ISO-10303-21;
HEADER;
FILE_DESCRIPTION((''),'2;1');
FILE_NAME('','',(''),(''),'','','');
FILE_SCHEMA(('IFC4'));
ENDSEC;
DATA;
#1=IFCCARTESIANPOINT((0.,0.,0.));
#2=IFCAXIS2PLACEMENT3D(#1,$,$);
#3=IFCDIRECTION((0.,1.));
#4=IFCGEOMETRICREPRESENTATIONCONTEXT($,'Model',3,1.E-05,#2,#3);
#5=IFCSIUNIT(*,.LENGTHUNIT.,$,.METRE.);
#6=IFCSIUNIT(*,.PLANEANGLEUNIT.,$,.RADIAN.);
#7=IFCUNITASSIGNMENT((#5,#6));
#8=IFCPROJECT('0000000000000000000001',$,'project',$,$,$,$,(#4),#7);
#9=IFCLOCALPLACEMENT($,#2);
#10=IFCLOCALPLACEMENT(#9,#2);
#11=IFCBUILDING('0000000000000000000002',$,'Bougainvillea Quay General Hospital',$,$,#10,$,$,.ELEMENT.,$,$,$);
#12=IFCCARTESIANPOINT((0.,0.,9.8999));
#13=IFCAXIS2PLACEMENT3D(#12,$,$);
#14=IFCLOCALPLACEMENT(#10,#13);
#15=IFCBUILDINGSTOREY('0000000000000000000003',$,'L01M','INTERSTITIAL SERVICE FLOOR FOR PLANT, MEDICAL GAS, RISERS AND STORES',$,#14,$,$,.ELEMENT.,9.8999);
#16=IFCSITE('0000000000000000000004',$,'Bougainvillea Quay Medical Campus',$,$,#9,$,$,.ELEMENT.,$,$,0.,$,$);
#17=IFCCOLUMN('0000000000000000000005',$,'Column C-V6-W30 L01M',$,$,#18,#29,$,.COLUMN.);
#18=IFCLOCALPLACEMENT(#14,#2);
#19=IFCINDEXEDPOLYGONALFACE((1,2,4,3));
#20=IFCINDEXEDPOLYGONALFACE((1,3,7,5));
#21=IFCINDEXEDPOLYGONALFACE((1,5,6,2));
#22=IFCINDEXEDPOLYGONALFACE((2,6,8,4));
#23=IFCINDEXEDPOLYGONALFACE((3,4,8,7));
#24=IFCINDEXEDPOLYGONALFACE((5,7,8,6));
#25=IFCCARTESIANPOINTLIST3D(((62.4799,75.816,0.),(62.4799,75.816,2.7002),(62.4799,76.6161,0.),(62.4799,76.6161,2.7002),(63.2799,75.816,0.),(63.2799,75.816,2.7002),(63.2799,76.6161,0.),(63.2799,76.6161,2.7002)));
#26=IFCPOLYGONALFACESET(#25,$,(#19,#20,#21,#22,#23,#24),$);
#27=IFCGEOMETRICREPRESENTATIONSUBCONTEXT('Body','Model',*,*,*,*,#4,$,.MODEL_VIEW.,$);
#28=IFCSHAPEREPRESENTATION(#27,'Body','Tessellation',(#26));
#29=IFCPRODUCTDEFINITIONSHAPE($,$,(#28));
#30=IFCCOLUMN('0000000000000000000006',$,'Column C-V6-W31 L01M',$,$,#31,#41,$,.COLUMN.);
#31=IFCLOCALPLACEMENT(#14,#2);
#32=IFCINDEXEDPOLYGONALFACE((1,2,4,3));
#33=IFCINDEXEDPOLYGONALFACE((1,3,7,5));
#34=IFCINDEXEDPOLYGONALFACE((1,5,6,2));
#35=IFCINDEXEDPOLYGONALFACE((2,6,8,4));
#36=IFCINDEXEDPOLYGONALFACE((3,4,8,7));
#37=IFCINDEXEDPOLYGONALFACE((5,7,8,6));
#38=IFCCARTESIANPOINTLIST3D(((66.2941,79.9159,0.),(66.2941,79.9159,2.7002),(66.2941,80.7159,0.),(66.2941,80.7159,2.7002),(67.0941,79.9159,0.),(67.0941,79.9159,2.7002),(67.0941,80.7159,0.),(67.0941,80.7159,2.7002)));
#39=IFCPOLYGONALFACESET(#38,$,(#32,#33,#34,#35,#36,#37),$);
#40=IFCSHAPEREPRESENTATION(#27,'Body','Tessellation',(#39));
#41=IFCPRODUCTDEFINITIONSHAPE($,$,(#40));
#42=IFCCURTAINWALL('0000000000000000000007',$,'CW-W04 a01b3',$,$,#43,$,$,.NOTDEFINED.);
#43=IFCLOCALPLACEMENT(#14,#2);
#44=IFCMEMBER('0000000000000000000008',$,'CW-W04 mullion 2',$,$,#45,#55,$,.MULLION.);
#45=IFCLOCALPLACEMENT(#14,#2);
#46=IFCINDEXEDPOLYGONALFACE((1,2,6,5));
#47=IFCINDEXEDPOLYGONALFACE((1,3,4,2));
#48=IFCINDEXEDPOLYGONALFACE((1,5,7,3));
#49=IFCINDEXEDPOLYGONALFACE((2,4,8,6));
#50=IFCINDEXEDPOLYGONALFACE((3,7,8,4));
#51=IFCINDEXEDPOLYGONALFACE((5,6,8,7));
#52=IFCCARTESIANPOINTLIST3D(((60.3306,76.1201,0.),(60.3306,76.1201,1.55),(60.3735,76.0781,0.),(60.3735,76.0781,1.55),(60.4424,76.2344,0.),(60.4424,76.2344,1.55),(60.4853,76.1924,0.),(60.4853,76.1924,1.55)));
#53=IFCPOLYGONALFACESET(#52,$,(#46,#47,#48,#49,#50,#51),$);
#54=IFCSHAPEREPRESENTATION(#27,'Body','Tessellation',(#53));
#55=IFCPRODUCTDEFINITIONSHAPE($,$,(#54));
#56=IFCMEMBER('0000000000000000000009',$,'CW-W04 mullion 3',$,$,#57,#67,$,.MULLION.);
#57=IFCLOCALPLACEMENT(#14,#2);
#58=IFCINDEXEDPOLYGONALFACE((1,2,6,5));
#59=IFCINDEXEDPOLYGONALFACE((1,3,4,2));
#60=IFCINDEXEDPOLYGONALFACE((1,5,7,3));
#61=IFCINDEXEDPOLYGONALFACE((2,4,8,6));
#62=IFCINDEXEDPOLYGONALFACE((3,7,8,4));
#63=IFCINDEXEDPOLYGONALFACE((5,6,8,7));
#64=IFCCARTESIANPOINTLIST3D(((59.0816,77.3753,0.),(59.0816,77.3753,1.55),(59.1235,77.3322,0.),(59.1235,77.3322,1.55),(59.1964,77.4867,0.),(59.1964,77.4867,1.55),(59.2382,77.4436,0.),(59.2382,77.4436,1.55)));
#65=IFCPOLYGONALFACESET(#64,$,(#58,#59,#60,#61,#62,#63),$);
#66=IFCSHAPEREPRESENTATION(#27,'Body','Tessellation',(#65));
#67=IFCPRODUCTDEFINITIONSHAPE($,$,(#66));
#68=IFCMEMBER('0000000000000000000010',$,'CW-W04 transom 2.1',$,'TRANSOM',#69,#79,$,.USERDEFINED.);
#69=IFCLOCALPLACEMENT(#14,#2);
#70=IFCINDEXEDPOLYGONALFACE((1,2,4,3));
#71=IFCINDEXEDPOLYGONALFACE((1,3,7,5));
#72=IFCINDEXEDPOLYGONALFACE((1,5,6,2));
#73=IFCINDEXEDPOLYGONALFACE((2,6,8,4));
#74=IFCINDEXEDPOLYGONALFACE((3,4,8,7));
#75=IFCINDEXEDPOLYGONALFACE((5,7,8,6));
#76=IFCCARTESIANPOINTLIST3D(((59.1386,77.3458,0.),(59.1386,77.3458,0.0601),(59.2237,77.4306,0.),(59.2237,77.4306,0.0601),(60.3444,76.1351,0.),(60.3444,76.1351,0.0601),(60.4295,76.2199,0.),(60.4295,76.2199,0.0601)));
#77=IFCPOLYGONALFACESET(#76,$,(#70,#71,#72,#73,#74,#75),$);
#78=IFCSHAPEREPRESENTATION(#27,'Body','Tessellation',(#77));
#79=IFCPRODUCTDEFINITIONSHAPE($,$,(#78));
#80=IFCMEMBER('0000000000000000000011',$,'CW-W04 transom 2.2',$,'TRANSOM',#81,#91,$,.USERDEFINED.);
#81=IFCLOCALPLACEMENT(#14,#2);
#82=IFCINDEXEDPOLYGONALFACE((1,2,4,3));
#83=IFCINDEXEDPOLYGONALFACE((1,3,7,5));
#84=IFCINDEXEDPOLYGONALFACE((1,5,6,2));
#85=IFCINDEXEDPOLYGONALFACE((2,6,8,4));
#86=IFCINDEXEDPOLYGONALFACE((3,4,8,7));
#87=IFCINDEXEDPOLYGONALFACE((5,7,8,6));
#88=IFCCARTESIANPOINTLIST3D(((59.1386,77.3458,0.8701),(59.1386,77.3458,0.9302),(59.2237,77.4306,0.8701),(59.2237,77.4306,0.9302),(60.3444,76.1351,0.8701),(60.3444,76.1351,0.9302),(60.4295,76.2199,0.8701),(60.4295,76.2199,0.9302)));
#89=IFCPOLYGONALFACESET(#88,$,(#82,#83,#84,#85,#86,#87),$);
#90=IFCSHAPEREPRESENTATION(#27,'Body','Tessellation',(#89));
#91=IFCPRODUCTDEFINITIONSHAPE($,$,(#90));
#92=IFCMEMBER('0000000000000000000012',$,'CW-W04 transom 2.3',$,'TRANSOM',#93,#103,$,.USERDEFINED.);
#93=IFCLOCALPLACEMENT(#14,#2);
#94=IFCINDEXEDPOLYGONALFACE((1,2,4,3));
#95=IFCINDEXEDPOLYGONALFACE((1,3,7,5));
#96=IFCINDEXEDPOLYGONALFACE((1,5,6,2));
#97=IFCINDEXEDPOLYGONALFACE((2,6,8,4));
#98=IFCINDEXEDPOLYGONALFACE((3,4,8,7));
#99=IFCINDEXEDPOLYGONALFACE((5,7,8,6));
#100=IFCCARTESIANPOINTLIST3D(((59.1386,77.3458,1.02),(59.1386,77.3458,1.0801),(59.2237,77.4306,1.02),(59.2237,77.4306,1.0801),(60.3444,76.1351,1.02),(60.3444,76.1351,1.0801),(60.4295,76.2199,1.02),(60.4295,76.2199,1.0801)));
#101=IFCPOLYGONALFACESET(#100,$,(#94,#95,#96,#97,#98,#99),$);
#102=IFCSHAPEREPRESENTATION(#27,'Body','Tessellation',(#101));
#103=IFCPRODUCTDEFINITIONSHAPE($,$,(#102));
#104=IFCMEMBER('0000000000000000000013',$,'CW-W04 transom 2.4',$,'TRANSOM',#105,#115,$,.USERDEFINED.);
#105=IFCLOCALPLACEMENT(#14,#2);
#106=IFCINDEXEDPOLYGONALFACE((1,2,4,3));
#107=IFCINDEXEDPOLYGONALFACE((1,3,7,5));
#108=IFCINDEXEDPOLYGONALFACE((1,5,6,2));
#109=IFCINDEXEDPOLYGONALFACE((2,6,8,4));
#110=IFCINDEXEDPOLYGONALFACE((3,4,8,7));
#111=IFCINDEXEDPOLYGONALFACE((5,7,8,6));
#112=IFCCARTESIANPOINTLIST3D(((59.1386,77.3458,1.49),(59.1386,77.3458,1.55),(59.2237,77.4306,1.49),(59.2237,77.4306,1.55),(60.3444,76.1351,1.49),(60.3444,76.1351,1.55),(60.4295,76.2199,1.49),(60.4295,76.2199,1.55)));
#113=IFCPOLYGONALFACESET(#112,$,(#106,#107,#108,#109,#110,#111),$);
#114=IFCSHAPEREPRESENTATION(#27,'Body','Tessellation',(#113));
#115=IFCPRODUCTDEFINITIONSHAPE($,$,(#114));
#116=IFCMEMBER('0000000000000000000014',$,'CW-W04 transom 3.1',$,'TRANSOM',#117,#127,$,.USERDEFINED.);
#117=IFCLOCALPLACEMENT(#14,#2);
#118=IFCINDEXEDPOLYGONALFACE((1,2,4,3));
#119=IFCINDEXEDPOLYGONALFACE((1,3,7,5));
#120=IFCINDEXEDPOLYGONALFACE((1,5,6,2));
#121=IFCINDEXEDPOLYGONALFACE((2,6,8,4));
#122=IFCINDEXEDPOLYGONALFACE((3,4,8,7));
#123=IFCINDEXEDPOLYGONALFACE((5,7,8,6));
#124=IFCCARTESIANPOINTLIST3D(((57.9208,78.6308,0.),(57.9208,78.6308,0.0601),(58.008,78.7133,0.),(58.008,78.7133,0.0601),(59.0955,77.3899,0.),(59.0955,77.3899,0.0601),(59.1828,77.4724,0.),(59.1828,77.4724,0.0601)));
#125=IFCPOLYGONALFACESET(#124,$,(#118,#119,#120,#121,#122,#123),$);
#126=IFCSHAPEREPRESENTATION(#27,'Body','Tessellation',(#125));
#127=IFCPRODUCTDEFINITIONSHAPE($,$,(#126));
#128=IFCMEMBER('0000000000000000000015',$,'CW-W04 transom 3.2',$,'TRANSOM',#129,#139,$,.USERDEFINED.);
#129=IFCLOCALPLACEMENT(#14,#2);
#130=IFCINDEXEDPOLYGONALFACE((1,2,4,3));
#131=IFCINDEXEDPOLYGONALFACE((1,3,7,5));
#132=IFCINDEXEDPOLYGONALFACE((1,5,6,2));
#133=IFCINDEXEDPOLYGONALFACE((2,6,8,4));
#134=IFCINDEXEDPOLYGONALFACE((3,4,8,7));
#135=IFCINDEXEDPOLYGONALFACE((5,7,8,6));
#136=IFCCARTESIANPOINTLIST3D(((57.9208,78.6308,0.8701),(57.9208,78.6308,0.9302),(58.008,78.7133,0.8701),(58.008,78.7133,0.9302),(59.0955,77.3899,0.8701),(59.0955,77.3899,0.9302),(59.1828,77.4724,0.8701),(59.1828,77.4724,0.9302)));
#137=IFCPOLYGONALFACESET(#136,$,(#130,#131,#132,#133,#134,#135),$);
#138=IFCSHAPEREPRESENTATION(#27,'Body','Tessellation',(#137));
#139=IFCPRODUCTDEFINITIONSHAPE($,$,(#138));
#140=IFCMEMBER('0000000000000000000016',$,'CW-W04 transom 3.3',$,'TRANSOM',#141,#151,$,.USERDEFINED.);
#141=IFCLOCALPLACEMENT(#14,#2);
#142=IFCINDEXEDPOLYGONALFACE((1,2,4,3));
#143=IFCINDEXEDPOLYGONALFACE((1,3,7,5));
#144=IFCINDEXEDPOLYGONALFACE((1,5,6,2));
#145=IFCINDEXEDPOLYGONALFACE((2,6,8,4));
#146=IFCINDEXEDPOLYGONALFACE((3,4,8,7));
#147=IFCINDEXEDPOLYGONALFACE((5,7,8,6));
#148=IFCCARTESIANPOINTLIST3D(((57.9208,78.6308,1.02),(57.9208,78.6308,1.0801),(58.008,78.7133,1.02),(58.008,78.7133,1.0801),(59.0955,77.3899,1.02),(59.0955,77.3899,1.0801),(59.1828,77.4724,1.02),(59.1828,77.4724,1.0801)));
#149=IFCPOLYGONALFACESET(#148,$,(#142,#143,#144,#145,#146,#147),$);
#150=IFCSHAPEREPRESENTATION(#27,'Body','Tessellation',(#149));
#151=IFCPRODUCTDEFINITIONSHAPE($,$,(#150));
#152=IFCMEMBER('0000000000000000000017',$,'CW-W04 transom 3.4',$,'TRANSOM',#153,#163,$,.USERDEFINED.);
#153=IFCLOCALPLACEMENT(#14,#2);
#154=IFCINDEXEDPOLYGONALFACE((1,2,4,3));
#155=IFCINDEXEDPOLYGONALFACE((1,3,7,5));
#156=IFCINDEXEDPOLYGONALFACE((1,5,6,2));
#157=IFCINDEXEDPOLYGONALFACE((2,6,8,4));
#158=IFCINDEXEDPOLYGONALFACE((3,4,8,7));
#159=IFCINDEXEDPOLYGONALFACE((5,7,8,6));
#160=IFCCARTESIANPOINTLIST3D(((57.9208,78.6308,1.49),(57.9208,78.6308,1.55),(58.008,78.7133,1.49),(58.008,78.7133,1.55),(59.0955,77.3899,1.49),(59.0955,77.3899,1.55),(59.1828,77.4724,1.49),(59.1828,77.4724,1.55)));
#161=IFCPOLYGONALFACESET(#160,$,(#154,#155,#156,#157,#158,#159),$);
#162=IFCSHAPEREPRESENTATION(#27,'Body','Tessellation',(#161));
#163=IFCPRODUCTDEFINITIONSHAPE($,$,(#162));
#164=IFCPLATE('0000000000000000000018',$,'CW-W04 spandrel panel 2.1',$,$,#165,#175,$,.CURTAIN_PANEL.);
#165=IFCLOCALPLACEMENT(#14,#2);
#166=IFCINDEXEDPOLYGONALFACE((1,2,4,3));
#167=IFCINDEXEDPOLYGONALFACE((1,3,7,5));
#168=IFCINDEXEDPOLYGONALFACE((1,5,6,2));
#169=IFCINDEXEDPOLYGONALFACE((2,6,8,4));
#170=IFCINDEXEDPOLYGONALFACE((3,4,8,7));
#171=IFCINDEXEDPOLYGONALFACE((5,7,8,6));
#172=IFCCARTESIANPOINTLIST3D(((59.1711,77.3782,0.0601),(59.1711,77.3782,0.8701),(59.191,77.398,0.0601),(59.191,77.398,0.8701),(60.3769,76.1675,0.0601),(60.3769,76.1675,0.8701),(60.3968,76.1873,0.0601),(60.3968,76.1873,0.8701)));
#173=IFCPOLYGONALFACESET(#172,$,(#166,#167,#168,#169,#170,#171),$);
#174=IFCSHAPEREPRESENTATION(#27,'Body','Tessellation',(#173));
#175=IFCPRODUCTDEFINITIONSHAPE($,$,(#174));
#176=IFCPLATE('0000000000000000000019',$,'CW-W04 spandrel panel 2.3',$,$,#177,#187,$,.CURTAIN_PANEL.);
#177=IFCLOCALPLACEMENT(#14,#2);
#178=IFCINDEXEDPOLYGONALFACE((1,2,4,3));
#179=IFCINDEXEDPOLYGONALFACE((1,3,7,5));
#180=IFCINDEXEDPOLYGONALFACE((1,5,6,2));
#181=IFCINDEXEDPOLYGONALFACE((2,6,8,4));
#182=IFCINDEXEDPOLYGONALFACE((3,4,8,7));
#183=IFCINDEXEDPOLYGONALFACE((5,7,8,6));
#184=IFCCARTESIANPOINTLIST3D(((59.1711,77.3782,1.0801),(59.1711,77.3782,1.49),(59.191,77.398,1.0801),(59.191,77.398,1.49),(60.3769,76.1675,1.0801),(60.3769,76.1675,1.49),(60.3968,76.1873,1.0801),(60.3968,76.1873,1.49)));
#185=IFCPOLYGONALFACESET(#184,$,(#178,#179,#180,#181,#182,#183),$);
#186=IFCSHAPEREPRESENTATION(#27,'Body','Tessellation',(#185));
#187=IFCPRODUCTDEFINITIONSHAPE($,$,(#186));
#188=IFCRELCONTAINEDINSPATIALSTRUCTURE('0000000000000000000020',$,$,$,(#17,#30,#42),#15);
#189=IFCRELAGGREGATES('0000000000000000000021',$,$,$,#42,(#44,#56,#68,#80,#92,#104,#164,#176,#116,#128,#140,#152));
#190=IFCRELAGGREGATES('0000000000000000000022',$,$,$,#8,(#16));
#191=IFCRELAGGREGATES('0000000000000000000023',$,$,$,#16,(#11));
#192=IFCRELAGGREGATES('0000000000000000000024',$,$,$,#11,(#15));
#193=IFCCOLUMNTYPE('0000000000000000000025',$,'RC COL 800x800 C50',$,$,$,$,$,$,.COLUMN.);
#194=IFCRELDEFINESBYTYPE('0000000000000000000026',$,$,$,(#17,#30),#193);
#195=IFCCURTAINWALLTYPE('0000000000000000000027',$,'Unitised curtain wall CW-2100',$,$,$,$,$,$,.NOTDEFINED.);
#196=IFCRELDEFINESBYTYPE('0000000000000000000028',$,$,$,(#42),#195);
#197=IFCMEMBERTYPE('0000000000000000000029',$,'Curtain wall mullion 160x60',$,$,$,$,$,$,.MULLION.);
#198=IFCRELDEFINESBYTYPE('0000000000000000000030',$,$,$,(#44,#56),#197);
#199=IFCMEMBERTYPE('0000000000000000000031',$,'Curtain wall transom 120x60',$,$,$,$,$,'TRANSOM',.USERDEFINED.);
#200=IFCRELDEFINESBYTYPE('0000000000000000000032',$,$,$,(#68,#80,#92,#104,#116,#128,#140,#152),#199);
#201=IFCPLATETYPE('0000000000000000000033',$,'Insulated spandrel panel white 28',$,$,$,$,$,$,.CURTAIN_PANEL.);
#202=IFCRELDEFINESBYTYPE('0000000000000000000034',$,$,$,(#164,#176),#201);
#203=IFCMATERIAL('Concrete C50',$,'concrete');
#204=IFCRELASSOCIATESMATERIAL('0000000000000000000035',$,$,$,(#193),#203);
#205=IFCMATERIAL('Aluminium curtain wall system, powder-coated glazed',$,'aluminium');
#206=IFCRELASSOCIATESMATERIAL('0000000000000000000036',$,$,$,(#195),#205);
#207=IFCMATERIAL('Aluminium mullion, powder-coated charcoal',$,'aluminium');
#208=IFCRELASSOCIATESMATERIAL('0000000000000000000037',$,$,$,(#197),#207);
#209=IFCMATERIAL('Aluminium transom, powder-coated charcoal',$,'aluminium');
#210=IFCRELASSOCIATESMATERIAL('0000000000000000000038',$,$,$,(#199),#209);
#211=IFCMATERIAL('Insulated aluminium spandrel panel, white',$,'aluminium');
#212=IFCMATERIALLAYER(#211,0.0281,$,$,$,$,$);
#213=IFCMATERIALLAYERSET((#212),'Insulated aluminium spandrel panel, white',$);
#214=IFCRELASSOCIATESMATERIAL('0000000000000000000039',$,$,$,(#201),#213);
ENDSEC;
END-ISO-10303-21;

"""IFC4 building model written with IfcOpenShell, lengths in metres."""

from ifc_helpers import new_model, si_unit, direction, frame, origin, origin_2d, place, context, subcontext, project, spatial, rectangle, extrude, material, layer, layer_set, material_profile, profile_set, type_object, element, aggregate, save


model = new_model("IFC4")

# Units and contexts
model_context = context("Model", 3, precision=1e-05, world=origin(), true_north=direction((0.0, 1.0)))
body_context = subcontext(model_context, "Body", "Model", "MODEL_VIEW")
ifc_project = project(units=[si_unit("LENGTHUNIT", "METRE"), si_unit("PLANEANGLEUNIT", "RADIAN")], contexts=[model_context])

# Site, building, storey
site_placement = place(None, origin())
site = spatial("IfcSite", under=ifc_project, at=site_placement, Name="Bougainvillea Quay Medical Campus", CompositionType="ELEMENT", RefElevation=0.0)
building_placement = place(site_placement, origin())
building = spatial("IfcBuilding", under=site, at=building_placement, Name="Bougainvillea Quay General Hospital", CompositionType="ELEMENT")
storey_placement = place(building_placement, frame((0.0, 0.0, 9.8999)))
storey = spatial("IfcBuildingStorey", under=building, at=storey_placement, Name="L01M", Description="INTERSTITIAL SERVICE FLOOR FOR PLANT, MEDICAL GAS, RISERS AND STORES", CompositionType="ELEMENT", Elevation=9.8999)

# Columns
ifc_material_1 = material(Name="Concrete C50", Category="concrete")
ifc_material_profile_1 = material_profile(ifc_material_1, rectangle(XDim=0.8, YDim=0.8, at=origin_2d()))
ifc_profile_set_1 = profile_set([ifc_material_profile_1], Name="Concrete C50")
column_type = type_object("IfcColumnType", Name="RC COL 800x800 C50", PredefinedType="COLUMN", material=ifc_profile_set_1)
for number, where, z_axis, x_axis, name in (
    (1, (62.8799, 76.2161, 0.0), (0.0, 0.0, 1.0), (1.0, 0.0, 0.0), "Column C-V6-W30 L01M"),
    (2, (66.6941, 80.3159, 0.0), (0.0, 0.0, 1.0), (1.0, 0.0, 0.0), "Column C-V6-W31 L01M"),
):
    element("IfcColumn", number, at=place(storey_placement, frame(where, z_axis=z_axis, x_axis=x_axis)), inside=storey, type_object=column_type, Name=name, PredefinedType="COLUMN", context=body_context, shape_type="SweptSolid", body=[
        extrude(rectangle(XDim=0.8, YDim=0.8, at=origin_2d()), origin(), (0.0, 0.0, 1.0), 2.7002),
    ])

# Curtain wall, members, plates
ifc_material_2 = material(Name="Aluminium curtain wall system, powder-coated glazed", Category="aluminium")
curtain_wall_type = type_object("IfcCurtainWallType", Name="Unitised curtain wall CW-2100", PredefinedType="NOTDEFINED", material=ifc_material_2)
curtain_wall_placement = place(storey_placement, origin())
curtain_wall = element("IfcCurtainWall", 3, at=curtain_wall_placement, inside=storey, type_object=curtain_wall_type, Name="CW-W04 a01b3", PredefinedType="NOTDEFINED")
ifc_material_3 = material(Name="Aluminium mullion, powder-coated charcoal", Category="aluminium")
ifc_material_profile_2 = material_profile(ifc_material_3, rectangle(XDim=0.1599, YDim=0.0601, at=origin_2d()))
ifc_profile_set_2 = profile_set([ifc_material_profile_2], Name="Aluminium mullion, powder-coated charcoal")
member_type_1 = type_object("IfcMemberType", Name="Curtain wall mullion 160x60", PredefinedType="MULLION", material=ifc_profile_set_2)
member_1_placement = place(storey_placement, frame((60.408, 76.1562, 0.0), z_axis=(0.0, 0.0, 1.0), x_axis=(-0.699526, -0.714607, 0.0)))
member_1 = element("IfcMember", 4, at=member_1_placement, type_object=member_type_1, Name="CW-W04 mullion 2", PredefinedType="MULLION", context=body_context, shape_type="SweptSolid", body=[
    extrude(rectangle(XDim=0.1599, YDim=0.0601, at=origin_2d()), origin(), (0.0, 0.0, 1.0), 1.55),
])
member_2_placement = place(storey_placement, frame((59.1599, 77.4094, 0.0), z_axis=(0.0, 0.0, 1.0), x_axis=(-0.717421, -0.696639, 0.0)))
member_2 = element("IfcMember", 5, at=member_2_placement, type_object=member_type_1, Name="CW-W04 mullion 3", PredefinedType="MULLION", context=body_context, shape_type="SweptSolid", body=[
    extrude(rectangle(XDim=0.1599, YDim=0.0601, at=origin_2d()), origin(), (0.0, 0.0, 1.0), 1.55),
])
ifc_material_4 = material(Name="Aluminium transom, powder-coated charcoal", Category="aluminium")
ifc_material_profile_3 = material_profile(ifc_material_4, rectangle(XDim=0.1201, YDim=0.0601, at=origin_2d()))
ifc_profile_set_3 = profile_set([ifc_material_profile_3], Name="Aluminium transom, powder-coated charcoal")
member_type_2 = type_object("IfcMemberType", Name="Curtain wall transom 120x60", ElementType="TRANSOM", PredefinedType="USERDEFINED", material=ifc_profile_set_3)
member_3_placement = place(storey_placement, frame((60.387, 76.1775, 0.03), z_axis=(-0.705677, 0.708534, 0.0), x_axis=(-0.708534, -0.705677, 0.0)))
member_3 = element("IfcMember", 6, at=member_3_placement, type_object=member_type_2, Name="CW-W04 transom 2.1", ObjectType="TRANSOM", PredefinedType="USERDEFINED", context=body_context, shape_type="SweptSolid", body=[
    extrude(rectangle(XDim=0.1201, YDim=0.0601, at=origin_2d()), origin(), (0.0, 0.0, 1.0), 1.7087),
])
member_4_placement = place(storey_placement, frame((60.387, 76.1775, 0.9001), z_axis=(-0.705677, 0.708534, 0.0), x_axis=(-0.708534, -0.705677, 0.0)))
member_4 = element("IfcMember", 7, at=member_4_placement, type_object=member_type_2, Name="CW-W04 transom 2.2", ObjectType="TRANSOM", PredefinedType="USERDEFINED", context=body_context, shape_type="SweptSolid", body=[
    extrude(rectangle(XDim=0.1201, YDim=0.0601, at=origin_2d()), origin(), (0.0, 0.0, 1.0), 1.7087),
])
member_5_placement = place(storey_placement, frame((60.387, 76.1775, 1.05), z_axis=(-0.705677, 0.708534, 0.0), x_axis=(-0.708534, -0.705677, 0.0)))
member_5 = element("IfcMember", 8, at=member_5_placement, type_object=member_type_2, Name="CW-W04 transom 2.3", ObjectType="TRANSOM", PredefinedType="USERDEFINED", context=body_context, shape_type="SweptSolid", body=[
    extrude(rectangle(XDim=0.1201, YDim=0.0601, at=origin_2d()), origin(), (0.0, 0.0, 1.0), 1.7087),
])
member_6_placement = place(storey_placement, frame((60.387, 76.1775, 1.52), z_axis=(-0.705677, 0.708534, 0.0), x_axis=(-0.708534, -0.705677, 0.0)))
member_6 = element("IfcMember", 9, at=member_6_placement, type_object=member_type_2, Name="CW-W04 transom 2.4", ObjectType="TRANSOM", PredefinedType="USERDEFINED", context=body_context, shape_type="SweptSolid", body=[
    extrude(rectangle(XDim=0.1201, YDim=0.0601, at=origin_2d()), origin(), (0.0, 0.0, 1.0), 1.7087),
])
member_7_placement = place(storey_placement, frame((59.1392, 77.4312, 0.03), z_axis=(-0.687483, 0.7262, 0.0), x_axis=(-0.7262, -0.687483, 0.0)))
member_7 = element("IfcMember", 10, at=member_7_placement, type_object=member_type_2, Name="CW-W04 transom 3.1", ObjectType="TRANSOM", PredefinedType="USERDEFINED", context=body_context, shape_type="SweptSolid", body=[
    extrude(rectangle(XDim=0.1201, YDim=0.0601, at=origin_2d()), origin(), (0.0, 0.0, 1.0), 1.7087),
])
member_8_placement = place(storey_placement, frame((59.1392, 77.4312, 0.9001), z_axis=(-0.687483, 0.7262, 0.0), x_axis=(-0.7262, -0.687483, 0.0)))
member_8 = element("IfcMember", 11, at=member_8_placement, type_object=member_type_2, Name="CW-W04 transom 3.2", ObjectType="TRANSOM", PredefinedType="USERDEFINED", context=body_context, shape_type="SweptSolid", body=[
    extrude(rectangle(XDim=0.1201, YDim=0.0601, at=origin_2d()), origin(), (0.0, 0.0, 1.0), 1.7087),
])
member_9_placement = place(storey_placement, frame((59.1392, 77.4312, 1.05), z_axis=(-0.687483, 0.7262, 0.0), x_axis=(-0.7262, -0.687483, 0.0)))
member_9 = element("IfcMember", 12, at=member_9_placement, type_object=member_type_2, Name="CW-W04 transom 3.3", ObjectType="TRANSOM", PredefinedType="USERDEFINED", context=body_context, shape_type="SweptSolid", body=[
    extrude(rectangle(XDim=0.1201, YDim=0.0601, at=origin_2d()), origin(), (0.0, 0.0, 1.0), 1.7087),
])
member_10_placement = place(storey_placement, frame((59.1392, 77.4312, 1.52), z_axis=(-0.687483, 0.7262, 0.0), x_axis=(-0.7262, -0.687483, 0.0)))
member_10 = element("IfcMember", 13, at=member_10_placement, type_object=member_type_2, Name="CW-W04 transom 3.4", ObjectType="TRANSOM", PredefinedType="USERDEFINED", context=body_context, shape_type="SweptSolid", body=[
    extrude(rectangle(XDim=0.1201, YDim=0.0601, at=origin_2d()), origin(), (0.0, 0.0, 1.0), 1.7087),
])
ifc_material_5 = material(Name="Insulated aluminium spandrel panel, white", Category="aluminium")
ifc_layer_1 = layer(ifc_material_5, 0.0281)
ifc_layer_set_1 = layer_set([ifc_layer_1], Name="Insulated aluminium spandrel panel, white")
plate_type_1 = type_object("IfcPlateType", Name="Insulated spandrel panel white 28", PredefinedType="CURTAIN_PANEL", material=ifc_layer_set_1)
plate_1_placement = place(storey_placement, frame((59.7839, 76.7827, 0.0601), z_axis=(0.0, 0.0, 1.0), x_axis=(-0.70568, 0.708531, 0.0)))
plate_1 = element("IfcPlate", 14, at=plate_1_placement, type_object=plate_type_1, Name="CW-W04 spandrel panel 2.1", PredefinedType="CURTAIN_PANEL", context=body_context, shape_type="SweptSolid", body=[
    extrude(rectangle(XDim=1.7087, YDim=0.0281, at=origin_2d()), origin(), (0.0, 0.0, 1.0), 0.8101),
])
plate_2_placement = place(storey_placement, frame((59.7839, 76.7827, 1.0801), z_axis=(0.0, 0.0, 1.0), x_axis=(-0.70568, 0.708531, 0.0)))
plate_2 = element("IfcPlate", 15, at=plate_2_placement, type_object=plate_type_1, Name="CW-W04 spandrel panel 2.3", PredefinedType="CURTAIN_PANEL", context=body_context, shape_type="SweptSolid", body=[
    extrude(rectangle(XDim=1.7087, YDim=0.0281, at=origin_2d()), origin(), (0.0, 0.0, 1.0), 0.4099),
])
aggregate(curtain_wall, [member_1, member_2, member_3, member_4, member_5, member_6, plate_1, plate_2, member_7, member_8, member_9, member_10])

save(model, "model.ifc")
